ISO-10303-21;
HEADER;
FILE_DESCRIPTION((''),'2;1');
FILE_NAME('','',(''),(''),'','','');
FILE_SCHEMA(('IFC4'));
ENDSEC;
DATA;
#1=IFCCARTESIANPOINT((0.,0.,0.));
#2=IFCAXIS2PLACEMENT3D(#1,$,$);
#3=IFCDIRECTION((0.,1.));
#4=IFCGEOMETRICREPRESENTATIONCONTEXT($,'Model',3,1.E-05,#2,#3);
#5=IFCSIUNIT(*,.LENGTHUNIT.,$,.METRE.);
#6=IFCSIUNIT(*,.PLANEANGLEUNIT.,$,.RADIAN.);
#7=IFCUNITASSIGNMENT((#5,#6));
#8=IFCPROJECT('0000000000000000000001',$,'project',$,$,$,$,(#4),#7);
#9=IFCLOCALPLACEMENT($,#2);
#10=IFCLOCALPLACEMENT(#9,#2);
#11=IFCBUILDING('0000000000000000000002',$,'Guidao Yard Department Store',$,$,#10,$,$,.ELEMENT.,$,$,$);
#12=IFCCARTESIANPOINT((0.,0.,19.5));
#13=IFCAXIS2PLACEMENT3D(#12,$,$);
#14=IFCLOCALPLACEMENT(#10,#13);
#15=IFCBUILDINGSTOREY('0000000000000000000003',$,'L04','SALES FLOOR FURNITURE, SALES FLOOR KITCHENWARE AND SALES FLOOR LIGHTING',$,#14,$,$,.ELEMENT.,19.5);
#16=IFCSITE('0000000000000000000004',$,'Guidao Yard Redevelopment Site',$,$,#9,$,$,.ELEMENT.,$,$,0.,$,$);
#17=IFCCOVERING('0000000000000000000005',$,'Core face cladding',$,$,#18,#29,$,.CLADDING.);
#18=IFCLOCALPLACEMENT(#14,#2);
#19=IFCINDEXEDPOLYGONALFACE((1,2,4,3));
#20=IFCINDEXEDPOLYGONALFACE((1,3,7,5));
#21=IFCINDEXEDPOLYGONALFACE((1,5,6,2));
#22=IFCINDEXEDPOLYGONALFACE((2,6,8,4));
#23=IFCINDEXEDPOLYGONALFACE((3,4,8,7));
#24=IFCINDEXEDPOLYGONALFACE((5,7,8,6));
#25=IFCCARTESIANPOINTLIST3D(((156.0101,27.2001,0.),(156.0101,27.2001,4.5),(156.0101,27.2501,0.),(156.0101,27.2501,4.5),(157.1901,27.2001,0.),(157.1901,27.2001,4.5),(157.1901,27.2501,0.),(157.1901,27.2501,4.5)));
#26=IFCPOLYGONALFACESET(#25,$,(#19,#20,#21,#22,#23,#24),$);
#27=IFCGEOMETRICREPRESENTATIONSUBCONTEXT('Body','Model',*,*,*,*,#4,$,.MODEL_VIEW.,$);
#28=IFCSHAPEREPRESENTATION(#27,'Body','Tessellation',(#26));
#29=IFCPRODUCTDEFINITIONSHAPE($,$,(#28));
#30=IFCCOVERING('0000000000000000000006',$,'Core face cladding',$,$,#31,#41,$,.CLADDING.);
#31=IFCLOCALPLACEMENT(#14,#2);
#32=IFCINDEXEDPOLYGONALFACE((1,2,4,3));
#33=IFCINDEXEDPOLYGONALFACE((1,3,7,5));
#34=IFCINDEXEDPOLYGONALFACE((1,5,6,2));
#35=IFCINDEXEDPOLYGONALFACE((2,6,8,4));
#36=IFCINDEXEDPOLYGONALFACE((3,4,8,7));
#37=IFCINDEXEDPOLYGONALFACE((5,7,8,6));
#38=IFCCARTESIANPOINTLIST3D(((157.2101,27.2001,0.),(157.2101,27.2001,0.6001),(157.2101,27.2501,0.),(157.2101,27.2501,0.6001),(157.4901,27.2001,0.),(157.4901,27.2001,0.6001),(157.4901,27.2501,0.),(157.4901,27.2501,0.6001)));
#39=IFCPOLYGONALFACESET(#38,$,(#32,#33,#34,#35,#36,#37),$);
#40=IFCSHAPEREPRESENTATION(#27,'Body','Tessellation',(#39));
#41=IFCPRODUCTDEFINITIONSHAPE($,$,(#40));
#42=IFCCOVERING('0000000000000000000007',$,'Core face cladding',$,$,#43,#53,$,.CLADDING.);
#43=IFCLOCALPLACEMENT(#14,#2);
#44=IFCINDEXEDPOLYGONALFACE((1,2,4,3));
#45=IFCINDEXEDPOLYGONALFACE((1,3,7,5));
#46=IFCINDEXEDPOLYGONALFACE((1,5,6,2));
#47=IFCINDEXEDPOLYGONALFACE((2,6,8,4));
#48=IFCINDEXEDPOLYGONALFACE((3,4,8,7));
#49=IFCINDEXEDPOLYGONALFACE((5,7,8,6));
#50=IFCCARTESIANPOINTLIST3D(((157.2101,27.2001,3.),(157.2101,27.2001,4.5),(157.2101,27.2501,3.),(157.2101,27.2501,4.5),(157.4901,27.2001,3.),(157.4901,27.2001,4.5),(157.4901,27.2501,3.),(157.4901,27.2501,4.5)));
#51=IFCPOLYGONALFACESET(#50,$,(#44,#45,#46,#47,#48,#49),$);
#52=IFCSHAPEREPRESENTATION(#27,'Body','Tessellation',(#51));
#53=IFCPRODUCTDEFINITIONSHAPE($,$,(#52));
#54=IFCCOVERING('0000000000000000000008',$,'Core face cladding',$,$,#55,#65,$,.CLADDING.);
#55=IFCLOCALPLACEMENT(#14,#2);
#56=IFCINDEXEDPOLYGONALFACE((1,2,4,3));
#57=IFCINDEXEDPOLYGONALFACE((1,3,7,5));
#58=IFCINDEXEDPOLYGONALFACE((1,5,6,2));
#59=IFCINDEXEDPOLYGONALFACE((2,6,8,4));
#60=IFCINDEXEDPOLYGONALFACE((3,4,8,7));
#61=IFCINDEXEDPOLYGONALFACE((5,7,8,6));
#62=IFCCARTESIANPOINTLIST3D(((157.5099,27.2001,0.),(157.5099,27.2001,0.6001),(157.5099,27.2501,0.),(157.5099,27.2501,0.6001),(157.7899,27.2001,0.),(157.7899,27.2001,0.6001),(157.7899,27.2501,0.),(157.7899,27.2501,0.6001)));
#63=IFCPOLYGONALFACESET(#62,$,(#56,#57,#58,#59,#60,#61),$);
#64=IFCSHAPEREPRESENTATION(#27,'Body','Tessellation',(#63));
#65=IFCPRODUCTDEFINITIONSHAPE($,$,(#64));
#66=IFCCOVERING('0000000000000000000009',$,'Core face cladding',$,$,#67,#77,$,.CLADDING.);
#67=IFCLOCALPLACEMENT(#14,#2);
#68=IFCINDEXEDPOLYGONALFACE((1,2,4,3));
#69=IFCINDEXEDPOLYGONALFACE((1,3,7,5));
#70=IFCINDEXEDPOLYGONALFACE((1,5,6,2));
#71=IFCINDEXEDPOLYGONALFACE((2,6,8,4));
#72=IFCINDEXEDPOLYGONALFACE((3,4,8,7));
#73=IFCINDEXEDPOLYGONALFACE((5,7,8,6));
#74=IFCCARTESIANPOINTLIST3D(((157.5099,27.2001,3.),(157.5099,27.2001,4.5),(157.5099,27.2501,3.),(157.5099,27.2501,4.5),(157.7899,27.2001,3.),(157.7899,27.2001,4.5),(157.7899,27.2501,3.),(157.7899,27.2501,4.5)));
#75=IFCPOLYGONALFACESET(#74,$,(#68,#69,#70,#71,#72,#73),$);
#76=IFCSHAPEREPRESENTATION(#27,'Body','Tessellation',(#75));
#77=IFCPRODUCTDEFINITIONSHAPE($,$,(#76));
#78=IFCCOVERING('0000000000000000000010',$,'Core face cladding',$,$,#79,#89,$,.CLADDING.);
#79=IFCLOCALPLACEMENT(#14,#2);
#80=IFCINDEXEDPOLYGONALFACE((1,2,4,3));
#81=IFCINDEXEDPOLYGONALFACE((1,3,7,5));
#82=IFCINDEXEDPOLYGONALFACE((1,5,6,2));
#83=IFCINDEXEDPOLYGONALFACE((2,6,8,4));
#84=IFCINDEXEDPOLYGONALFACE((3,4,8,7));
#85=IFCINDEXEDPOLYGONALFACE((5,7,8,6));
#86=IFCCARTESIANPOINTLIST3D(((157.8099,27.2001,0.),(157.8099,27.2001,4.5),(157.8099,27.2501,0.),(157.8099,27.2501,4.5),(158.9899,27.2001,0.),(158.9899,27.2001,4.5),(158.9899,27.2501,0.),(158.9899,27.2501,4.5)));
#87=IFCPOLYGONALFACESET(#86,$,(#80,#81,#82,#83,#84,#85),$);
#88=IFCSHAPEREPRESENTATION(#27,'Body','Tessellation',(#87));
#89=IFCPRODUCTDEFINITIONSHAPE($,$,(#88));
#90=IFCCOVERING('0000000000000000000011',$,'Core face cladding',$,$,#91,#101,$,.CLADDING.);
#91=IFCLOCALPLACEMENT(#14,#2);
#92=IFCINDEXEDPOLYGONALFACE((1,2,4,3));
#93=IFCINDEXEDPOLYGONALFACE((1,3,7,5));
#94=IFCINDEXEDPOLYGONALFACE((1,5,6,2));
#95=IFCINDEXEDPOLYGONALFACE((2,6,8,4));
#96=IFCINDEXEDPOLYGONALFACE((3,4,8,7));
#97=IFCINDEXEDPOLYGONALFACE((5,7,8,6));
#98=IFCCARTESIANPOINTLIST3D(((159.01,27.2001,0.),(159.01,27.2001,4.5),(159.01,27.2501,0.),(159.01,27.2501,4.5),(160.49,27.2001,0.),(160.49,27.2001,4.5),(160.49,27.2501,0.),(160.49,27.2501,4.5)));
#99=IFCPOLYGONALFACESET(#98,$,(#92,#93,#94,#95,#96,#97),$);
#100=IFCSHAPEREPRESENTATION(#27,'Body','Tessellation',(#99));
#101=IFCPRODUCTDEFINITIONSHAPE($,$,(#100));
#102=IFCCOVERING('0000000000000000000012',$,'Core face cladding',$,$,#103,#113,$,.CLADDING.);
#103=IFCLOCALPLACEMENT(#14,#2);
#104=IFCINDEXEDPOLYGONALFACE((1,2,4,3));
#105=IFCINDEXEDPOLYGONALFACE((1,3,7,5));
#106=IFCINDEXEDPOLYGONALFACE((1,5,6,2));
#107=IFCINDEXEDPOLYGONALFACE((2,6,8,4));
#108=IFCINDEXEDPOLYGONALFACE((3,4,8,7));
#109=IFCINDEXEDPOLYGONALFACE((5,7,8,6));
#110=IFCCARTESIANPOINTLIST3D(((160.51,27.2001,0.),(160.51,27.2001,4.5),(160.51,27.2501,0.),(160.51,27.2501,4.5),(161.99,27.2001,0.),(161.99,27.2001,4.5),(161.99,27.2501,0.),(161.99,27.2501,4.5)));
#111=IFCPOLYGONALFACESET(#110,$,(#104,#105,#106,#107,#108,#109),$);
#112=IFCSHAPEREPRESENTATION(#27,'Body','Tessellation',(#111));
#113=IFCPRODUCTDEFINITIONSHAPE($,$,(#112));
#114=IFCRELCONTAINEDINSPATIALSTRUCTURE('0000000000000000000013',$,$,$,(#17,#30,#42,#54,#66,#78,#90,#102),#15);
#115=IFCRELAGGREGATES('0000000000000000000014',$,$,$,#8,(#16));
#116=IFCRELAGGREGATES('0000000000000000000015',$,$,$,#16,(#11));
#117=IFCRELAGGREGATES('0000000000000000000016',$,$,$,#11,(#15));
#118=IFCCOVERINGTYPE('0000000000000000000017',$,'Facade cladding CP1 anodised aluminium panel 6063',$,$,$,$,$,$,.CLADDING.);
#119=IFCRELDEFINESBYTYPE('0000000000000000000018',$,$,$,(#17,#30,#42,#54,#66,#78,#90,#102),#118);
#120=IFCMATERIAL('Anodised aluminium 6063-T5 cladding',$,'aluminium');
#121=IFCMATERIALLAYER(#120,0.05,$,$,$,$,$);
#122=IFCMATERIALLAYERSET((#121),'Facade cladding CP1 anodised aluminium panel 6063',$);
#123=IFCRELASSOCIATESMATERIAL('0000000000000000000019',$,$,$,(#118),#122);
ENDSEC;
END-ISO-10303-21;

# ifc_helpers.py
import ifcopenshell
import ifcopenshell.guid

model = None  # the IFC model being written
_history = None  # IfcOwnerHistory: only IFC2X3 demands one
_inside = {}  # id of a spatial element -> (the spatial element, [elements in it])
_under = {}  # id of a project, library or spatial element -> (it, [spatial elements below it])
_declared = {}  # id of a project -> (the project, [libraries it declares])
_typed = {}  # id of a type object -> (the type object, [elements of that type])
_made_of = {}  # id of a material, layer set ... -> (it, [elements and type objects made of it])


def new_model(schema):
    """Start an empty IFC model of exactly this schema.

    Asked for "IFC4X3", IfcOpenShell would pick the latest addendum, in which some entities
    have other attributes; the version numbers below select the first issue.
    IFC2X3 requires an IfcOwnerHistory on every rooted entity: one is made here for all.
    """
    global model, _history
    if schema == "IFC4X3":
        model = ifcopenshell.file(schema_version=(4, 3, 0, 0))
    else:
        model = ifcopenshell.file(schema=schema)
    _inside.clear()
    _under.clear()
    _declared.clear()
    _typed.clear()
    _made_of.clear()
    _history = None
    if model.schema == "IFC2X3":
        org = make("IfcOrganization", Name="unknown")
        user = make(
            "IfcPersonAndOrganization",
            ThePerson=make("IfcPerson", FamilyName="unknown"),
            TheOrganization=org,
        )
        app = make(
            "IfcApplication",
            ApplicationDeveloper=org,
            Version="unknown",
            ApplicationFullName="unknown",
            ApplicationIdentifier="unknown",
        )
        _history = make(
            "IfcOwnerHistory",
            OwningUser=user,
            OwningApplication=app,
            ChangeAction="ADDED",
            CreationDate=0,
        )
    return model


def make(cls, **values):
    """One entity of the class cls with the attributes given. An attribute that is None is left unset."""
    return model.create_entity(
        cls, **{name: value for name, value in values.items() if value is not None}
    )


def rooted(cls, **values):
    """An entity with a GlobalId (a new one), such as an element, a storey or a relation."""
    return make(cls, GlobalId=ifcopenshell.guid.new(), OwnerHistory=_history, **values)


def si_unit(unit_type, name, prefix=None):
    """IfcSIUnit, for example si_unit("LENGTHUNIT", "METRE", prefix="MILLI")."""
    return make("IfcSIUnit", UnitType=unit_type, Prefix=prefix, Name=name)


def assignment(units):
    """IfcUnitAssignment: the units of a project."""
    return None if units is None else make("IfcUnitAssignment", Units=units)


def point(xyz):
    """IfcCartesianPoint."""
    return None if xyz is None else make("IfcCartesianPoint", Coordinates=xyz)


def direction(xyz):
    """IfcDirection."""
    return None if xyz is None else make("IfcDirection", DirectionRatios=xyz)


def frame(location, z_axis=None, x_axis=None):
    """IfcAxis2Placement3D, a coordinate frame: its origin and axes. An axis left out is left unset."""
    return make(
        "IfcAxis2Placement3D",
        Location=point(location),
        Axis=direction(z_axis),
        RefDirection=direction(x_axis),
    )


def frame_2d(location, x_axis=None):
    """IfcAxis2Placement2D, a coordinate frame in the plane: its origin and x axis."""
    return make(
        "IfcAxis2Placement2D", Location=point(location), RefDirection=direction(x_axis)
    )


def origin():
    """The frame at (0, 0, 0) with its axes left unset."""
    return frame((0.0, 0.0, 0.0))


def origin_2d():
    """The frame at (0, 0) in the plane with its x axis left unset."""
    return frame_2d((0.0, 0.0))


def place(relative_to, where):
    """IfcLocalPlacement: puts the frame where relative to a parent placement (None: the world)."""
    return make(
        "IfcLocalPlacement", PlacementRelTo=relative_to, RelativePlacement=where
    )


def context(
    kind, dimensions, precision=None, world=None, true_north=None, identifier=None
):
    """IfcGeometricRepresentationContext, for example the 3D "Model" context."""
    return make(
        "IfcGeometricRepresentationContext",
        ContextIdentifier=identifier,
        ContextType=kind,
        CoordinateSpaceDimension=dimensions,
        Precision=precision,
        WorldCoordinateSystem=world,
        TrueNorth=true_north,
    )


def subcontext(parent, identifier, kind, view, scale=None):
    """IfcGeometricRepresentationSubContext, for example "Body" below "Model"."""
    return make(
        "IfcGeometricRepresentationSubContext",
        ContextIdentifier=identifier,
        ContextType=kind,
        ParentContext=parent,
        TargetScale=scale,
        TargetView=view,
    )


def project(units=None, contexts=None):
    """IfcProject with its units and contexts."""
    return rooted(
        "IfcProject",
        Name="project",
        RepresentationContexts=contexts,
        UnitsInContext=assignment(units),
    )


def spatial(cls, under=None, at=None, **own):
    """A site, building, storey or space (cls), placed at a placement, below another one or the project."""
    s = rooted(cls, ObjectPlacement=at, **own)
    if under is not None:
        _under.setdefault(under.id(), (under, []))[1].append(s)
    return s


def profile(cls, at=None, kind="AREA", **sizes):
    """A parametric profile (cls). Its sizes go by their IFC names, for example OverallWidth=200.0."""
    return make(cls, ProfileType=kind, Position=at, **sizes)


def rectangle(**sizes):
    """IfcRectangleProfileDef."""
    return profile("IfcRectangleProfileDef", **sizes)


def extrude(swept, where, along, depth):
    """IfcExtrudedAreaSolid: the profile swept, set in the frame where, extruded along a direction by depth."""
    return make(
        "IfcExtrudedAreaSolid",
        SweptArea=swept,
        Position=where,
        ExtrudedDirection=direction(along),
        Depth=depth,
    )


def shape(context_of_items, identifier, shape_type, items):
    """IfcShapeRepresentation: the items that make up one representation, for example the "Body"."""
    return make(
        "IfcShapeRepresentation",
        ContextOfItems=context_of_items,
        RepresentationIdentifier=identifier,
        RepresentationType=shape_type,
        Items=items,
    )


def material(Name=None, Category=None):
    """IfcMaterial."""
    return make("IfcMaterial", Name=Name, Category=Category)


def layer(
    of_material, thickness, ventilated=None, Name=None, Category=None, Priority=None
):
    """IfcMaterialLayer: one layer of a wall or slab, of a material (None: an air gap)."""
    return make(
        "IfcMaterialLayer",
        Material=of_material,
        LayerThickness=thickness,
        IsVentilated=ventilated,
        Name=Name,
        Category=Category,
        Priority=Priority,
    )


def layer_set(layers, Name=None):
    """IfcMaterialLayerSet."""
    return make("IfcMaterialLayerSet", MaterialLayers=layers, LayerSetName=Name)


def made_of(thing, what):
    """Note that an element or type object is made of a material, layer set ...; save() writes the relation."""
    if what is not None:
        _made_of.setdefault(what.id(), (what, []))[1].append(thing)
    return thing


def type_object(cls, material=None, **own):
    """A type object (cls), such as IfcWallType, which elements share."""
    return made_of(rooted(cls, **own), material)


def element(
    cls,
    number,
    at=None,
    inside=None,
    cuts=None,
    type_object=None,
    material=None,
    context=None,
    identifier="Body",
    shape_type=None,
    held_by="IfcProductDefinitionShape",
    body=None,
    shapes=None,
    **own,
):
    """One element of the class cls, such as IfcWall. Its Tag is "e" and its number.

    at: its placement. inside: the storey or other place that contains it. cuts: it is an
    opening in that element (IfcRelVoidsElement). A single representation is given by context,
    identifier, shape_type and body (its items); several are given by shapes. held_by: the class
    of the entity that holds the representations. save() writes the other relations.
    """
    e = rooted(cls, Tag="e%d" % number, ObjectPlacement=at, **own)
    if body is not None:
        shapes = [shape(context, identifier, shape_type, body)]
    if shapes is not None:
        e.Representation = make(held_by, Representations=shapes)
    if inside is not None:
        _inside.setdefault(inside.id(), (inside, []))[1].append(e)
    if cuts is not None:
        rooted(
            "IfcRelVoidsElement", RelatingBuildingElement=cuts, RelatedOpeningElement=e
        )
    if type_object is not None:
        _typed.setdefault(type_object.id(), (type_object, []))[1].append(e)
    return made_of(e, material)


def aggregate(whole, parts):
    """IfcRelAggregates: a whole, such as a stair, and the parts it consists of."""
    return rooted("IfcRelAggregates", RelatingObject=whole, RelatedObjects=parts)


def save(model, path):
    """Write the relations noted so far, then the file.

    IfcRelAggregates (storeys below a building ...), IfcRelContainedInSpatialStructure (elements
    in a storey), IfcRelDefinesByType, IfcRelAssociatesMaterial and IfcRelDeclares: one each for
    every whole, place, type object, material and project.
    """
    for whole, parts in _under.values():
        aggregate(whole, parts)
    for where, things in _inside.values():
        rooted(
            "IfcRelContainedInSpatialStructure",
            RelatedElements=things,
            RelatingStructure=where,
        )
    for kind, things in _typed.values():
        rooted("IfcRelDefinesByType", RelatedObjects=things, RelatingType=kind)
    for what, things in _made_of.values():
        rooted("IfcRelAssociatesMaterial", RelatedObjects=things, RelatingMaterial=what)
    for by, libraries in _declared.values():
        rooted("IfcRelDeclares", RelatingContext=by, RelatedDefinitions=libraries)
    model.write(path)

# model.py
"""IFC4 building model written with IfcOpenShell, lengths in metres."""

from ifc_helpers import new_model, si_unit, direction, frame, origin, origin_2d, place, context, subcontext, project, spatial, rectangle, extrude, material, layer, layer_set, type_object, element, save


model = new_model("IFC4")

# Units and contexts
model_context = context("Model", 3, precision=1e-05, world=origin(), true_north=direction((0.0, 1.0)))
body_context = subcontext(model_context, "Body", "Model", "MODEL_VIEW")
ifc_project = project(units=[si_unit("LENGTHUNIT", "METRE"), si_unit("PLANEANGLEUNIT", "RADIAN")], contexts=[model_context])

# Site, building, storey
site_placement = place(None, origin())
site = spatial("IfcSite", under=ifc_project, at=site_placement, Name="Guidao Yard Redevelopment Site", CompositionType="ELEMENT", RefElevation=0.0)
building_placement = place(site_placement, origin())
building = spatial("IfcBuilding", under=site, at=building_placement, Name="Guidao Yard Department Store", CompositionType="ELEMENT")
storey_placement = place(building_placement, frame((0.0, 0.0, 19.5)))
storey = spatial("IfcBuildingStorey", under=building, at=storey_placement, Name="L04", Description="SALES FLOOR FURNITURE, SALES FLOOR KITCHENWARE AND SALES FLOOR LIGHTING", CompositionType="ELEMENT", Elevation=19.5)

# Coverings
ifc_material_1 = material(Name="Anodised aluminium 6063-T5 cladding", Category="aluminium")
ifc_layer_1 = layer(ifc_material_1, 0.05)
ifc_layer_set_1 = layer_set([ifc_layer_1], Name="Facade cladding CP1 anodised aluminium panel 6063")
covering_type = type_object("IfcCoveringType", Name="Facade cladding CP1 anodised aluminium panel 6063", PredefinedType="CLADDING", material=ifc_layer_set_1)
covering_1_placement = place(storey_placement, frame((156.6001, 27.2251, 0.0), z_axis=(0.0, 0.0, 1.0), x_axis=(1.0, 0.0, 0.0)))
element("IfcCovering", 1, at=covering_1_placement, inside=storey, type_object=covering_type, Name="Core face cladding", PredefinedType="CLADDING", context=body_context, shape_type="SweptSolid", body=[
    extrude(rectangle(XDim=1.1799, YDim=0.05, at=origin_2d()), origin(), (0.0, 0.0, 1.0), 4.5),
])
covering_2_placement = place(storey_placement, frame((157.3501, 27.2251, 0.0), z_axis=(0.0, 0.0, 1.0), x_axis=(1.0, 0.0, 0.0)))
element("IfcCovering", 2, at=covering_2_placement, inside=storey, type_object=covering_type, Name="Core face cladding", PredefinedType="CLADDING", context=body_context, shape_type="SweptSolid", body=[
    extrude(rectangle(XDim=0.28, YDim=0.05, at=origin_2d()), origin(), (0.0, 0.0, 1.0), 0.6001),
])
covering_3_placement = place(storey_placement, frame((157.3501, 27.2251, 3.0), z_axis=(0.0, 0.0, 1.0), x_axis=(1.0, 0.0, 0.0)))
element("IfcCovering", 3, at=covering_3_placement, inside=storey, type_object=covering_type, Name="Core face cladding", PredefinedType="CLADDING", context=body_context, shape_type="SweptSolid", body=[
    extrude(rectangle(XDim=0.28, YDim=0.05, at=origin_2d()), origin(), (0.0, 0.0, 1.0), 1.5),
])
covering_4_placement = place(storey_placement, frame((157.6499, 27.2251, 0.0), z_axis=(0.0, 0.0, 1.0), x_axis=(1.0, 0.0, 0.0)))
element("IfcCovering", 4, at=covering_4_placement, inside=storey, type_object=covering_type, Name="Core face cladding", PredefinedType="CLADDING", context=body_context, shape_type="SweptSolid", body=[
    extrude(rectangle(XDim=0.28, YDim=0.05, at=origin_2d()), origin(), (0.0, 0.0, 1.0), 0.6001),
])
covering_5_placement = place(storey_placement, frame((157.6499, 27.2251, 3.0), z_axis=(0.0, 0.0, 1.0), x_axis=(1.0, 0.0, 0.0)))
element("IfcCovering", 5, at=covering_5_placement, inside=storey, type_object=covering_type, Name="Core face cladding", PredefinedType="CLADDING", context=body_context, shape_type="SweptSolid", body=[
    extrude(rectangle(XDim=0.28, YDim=0.05, at=origin_2d()), origin(), (0.0, 0.0, 1.0), 1.5),
])
covering_6_placement = place(storey_placement, frame((158.3999, 27.2251, 0.0), z_axis=(0.0, 0.0, 1.0), x_axis=(1.0, 0.0, 0.0)))
element("IfcCovering", 6, at=covering_6_placement, inside=storey, type_object=covering_type, Name="Core face cladding", PredefinedType="CLADDING", context=body_context, shape_type="SweptSolid", body=[
    extrude(rectangle(XDim=1.1799, YDim=0.05, at=origin_2d()), origin(), (0.0, 0.0, 1.0), 4.5),
])
for number, where, z_axis, x_axis, name in (
    (7, (159.75, 27.2251, 0.0), (0.0, 0.0, 1.0), (1.0, 0.0, 0.0), "Core face cladding"),
    (8, (161.25, 27.2251, 0.0), (0.0, 0.0, 1.0), (1.0, 0.0, 0.0), "Core face cladding"),
):
    element("IfcCovering", number, at=place(storey_placement, frame(where, z_axis=z_axis, x_axis=x_axis)), inside=storey, type_object=covering_type, Name=name, PredefinedType="CLADDING", context=body_context, shape_type="SweptSolid", body=[
        extrude(rectangle(XDim=1.48, YDim=0.05, at=origin_2d()), origin(), (0.0, 0.0, 1.0), 4.5),
    ])

save(model, "model.ifc")
